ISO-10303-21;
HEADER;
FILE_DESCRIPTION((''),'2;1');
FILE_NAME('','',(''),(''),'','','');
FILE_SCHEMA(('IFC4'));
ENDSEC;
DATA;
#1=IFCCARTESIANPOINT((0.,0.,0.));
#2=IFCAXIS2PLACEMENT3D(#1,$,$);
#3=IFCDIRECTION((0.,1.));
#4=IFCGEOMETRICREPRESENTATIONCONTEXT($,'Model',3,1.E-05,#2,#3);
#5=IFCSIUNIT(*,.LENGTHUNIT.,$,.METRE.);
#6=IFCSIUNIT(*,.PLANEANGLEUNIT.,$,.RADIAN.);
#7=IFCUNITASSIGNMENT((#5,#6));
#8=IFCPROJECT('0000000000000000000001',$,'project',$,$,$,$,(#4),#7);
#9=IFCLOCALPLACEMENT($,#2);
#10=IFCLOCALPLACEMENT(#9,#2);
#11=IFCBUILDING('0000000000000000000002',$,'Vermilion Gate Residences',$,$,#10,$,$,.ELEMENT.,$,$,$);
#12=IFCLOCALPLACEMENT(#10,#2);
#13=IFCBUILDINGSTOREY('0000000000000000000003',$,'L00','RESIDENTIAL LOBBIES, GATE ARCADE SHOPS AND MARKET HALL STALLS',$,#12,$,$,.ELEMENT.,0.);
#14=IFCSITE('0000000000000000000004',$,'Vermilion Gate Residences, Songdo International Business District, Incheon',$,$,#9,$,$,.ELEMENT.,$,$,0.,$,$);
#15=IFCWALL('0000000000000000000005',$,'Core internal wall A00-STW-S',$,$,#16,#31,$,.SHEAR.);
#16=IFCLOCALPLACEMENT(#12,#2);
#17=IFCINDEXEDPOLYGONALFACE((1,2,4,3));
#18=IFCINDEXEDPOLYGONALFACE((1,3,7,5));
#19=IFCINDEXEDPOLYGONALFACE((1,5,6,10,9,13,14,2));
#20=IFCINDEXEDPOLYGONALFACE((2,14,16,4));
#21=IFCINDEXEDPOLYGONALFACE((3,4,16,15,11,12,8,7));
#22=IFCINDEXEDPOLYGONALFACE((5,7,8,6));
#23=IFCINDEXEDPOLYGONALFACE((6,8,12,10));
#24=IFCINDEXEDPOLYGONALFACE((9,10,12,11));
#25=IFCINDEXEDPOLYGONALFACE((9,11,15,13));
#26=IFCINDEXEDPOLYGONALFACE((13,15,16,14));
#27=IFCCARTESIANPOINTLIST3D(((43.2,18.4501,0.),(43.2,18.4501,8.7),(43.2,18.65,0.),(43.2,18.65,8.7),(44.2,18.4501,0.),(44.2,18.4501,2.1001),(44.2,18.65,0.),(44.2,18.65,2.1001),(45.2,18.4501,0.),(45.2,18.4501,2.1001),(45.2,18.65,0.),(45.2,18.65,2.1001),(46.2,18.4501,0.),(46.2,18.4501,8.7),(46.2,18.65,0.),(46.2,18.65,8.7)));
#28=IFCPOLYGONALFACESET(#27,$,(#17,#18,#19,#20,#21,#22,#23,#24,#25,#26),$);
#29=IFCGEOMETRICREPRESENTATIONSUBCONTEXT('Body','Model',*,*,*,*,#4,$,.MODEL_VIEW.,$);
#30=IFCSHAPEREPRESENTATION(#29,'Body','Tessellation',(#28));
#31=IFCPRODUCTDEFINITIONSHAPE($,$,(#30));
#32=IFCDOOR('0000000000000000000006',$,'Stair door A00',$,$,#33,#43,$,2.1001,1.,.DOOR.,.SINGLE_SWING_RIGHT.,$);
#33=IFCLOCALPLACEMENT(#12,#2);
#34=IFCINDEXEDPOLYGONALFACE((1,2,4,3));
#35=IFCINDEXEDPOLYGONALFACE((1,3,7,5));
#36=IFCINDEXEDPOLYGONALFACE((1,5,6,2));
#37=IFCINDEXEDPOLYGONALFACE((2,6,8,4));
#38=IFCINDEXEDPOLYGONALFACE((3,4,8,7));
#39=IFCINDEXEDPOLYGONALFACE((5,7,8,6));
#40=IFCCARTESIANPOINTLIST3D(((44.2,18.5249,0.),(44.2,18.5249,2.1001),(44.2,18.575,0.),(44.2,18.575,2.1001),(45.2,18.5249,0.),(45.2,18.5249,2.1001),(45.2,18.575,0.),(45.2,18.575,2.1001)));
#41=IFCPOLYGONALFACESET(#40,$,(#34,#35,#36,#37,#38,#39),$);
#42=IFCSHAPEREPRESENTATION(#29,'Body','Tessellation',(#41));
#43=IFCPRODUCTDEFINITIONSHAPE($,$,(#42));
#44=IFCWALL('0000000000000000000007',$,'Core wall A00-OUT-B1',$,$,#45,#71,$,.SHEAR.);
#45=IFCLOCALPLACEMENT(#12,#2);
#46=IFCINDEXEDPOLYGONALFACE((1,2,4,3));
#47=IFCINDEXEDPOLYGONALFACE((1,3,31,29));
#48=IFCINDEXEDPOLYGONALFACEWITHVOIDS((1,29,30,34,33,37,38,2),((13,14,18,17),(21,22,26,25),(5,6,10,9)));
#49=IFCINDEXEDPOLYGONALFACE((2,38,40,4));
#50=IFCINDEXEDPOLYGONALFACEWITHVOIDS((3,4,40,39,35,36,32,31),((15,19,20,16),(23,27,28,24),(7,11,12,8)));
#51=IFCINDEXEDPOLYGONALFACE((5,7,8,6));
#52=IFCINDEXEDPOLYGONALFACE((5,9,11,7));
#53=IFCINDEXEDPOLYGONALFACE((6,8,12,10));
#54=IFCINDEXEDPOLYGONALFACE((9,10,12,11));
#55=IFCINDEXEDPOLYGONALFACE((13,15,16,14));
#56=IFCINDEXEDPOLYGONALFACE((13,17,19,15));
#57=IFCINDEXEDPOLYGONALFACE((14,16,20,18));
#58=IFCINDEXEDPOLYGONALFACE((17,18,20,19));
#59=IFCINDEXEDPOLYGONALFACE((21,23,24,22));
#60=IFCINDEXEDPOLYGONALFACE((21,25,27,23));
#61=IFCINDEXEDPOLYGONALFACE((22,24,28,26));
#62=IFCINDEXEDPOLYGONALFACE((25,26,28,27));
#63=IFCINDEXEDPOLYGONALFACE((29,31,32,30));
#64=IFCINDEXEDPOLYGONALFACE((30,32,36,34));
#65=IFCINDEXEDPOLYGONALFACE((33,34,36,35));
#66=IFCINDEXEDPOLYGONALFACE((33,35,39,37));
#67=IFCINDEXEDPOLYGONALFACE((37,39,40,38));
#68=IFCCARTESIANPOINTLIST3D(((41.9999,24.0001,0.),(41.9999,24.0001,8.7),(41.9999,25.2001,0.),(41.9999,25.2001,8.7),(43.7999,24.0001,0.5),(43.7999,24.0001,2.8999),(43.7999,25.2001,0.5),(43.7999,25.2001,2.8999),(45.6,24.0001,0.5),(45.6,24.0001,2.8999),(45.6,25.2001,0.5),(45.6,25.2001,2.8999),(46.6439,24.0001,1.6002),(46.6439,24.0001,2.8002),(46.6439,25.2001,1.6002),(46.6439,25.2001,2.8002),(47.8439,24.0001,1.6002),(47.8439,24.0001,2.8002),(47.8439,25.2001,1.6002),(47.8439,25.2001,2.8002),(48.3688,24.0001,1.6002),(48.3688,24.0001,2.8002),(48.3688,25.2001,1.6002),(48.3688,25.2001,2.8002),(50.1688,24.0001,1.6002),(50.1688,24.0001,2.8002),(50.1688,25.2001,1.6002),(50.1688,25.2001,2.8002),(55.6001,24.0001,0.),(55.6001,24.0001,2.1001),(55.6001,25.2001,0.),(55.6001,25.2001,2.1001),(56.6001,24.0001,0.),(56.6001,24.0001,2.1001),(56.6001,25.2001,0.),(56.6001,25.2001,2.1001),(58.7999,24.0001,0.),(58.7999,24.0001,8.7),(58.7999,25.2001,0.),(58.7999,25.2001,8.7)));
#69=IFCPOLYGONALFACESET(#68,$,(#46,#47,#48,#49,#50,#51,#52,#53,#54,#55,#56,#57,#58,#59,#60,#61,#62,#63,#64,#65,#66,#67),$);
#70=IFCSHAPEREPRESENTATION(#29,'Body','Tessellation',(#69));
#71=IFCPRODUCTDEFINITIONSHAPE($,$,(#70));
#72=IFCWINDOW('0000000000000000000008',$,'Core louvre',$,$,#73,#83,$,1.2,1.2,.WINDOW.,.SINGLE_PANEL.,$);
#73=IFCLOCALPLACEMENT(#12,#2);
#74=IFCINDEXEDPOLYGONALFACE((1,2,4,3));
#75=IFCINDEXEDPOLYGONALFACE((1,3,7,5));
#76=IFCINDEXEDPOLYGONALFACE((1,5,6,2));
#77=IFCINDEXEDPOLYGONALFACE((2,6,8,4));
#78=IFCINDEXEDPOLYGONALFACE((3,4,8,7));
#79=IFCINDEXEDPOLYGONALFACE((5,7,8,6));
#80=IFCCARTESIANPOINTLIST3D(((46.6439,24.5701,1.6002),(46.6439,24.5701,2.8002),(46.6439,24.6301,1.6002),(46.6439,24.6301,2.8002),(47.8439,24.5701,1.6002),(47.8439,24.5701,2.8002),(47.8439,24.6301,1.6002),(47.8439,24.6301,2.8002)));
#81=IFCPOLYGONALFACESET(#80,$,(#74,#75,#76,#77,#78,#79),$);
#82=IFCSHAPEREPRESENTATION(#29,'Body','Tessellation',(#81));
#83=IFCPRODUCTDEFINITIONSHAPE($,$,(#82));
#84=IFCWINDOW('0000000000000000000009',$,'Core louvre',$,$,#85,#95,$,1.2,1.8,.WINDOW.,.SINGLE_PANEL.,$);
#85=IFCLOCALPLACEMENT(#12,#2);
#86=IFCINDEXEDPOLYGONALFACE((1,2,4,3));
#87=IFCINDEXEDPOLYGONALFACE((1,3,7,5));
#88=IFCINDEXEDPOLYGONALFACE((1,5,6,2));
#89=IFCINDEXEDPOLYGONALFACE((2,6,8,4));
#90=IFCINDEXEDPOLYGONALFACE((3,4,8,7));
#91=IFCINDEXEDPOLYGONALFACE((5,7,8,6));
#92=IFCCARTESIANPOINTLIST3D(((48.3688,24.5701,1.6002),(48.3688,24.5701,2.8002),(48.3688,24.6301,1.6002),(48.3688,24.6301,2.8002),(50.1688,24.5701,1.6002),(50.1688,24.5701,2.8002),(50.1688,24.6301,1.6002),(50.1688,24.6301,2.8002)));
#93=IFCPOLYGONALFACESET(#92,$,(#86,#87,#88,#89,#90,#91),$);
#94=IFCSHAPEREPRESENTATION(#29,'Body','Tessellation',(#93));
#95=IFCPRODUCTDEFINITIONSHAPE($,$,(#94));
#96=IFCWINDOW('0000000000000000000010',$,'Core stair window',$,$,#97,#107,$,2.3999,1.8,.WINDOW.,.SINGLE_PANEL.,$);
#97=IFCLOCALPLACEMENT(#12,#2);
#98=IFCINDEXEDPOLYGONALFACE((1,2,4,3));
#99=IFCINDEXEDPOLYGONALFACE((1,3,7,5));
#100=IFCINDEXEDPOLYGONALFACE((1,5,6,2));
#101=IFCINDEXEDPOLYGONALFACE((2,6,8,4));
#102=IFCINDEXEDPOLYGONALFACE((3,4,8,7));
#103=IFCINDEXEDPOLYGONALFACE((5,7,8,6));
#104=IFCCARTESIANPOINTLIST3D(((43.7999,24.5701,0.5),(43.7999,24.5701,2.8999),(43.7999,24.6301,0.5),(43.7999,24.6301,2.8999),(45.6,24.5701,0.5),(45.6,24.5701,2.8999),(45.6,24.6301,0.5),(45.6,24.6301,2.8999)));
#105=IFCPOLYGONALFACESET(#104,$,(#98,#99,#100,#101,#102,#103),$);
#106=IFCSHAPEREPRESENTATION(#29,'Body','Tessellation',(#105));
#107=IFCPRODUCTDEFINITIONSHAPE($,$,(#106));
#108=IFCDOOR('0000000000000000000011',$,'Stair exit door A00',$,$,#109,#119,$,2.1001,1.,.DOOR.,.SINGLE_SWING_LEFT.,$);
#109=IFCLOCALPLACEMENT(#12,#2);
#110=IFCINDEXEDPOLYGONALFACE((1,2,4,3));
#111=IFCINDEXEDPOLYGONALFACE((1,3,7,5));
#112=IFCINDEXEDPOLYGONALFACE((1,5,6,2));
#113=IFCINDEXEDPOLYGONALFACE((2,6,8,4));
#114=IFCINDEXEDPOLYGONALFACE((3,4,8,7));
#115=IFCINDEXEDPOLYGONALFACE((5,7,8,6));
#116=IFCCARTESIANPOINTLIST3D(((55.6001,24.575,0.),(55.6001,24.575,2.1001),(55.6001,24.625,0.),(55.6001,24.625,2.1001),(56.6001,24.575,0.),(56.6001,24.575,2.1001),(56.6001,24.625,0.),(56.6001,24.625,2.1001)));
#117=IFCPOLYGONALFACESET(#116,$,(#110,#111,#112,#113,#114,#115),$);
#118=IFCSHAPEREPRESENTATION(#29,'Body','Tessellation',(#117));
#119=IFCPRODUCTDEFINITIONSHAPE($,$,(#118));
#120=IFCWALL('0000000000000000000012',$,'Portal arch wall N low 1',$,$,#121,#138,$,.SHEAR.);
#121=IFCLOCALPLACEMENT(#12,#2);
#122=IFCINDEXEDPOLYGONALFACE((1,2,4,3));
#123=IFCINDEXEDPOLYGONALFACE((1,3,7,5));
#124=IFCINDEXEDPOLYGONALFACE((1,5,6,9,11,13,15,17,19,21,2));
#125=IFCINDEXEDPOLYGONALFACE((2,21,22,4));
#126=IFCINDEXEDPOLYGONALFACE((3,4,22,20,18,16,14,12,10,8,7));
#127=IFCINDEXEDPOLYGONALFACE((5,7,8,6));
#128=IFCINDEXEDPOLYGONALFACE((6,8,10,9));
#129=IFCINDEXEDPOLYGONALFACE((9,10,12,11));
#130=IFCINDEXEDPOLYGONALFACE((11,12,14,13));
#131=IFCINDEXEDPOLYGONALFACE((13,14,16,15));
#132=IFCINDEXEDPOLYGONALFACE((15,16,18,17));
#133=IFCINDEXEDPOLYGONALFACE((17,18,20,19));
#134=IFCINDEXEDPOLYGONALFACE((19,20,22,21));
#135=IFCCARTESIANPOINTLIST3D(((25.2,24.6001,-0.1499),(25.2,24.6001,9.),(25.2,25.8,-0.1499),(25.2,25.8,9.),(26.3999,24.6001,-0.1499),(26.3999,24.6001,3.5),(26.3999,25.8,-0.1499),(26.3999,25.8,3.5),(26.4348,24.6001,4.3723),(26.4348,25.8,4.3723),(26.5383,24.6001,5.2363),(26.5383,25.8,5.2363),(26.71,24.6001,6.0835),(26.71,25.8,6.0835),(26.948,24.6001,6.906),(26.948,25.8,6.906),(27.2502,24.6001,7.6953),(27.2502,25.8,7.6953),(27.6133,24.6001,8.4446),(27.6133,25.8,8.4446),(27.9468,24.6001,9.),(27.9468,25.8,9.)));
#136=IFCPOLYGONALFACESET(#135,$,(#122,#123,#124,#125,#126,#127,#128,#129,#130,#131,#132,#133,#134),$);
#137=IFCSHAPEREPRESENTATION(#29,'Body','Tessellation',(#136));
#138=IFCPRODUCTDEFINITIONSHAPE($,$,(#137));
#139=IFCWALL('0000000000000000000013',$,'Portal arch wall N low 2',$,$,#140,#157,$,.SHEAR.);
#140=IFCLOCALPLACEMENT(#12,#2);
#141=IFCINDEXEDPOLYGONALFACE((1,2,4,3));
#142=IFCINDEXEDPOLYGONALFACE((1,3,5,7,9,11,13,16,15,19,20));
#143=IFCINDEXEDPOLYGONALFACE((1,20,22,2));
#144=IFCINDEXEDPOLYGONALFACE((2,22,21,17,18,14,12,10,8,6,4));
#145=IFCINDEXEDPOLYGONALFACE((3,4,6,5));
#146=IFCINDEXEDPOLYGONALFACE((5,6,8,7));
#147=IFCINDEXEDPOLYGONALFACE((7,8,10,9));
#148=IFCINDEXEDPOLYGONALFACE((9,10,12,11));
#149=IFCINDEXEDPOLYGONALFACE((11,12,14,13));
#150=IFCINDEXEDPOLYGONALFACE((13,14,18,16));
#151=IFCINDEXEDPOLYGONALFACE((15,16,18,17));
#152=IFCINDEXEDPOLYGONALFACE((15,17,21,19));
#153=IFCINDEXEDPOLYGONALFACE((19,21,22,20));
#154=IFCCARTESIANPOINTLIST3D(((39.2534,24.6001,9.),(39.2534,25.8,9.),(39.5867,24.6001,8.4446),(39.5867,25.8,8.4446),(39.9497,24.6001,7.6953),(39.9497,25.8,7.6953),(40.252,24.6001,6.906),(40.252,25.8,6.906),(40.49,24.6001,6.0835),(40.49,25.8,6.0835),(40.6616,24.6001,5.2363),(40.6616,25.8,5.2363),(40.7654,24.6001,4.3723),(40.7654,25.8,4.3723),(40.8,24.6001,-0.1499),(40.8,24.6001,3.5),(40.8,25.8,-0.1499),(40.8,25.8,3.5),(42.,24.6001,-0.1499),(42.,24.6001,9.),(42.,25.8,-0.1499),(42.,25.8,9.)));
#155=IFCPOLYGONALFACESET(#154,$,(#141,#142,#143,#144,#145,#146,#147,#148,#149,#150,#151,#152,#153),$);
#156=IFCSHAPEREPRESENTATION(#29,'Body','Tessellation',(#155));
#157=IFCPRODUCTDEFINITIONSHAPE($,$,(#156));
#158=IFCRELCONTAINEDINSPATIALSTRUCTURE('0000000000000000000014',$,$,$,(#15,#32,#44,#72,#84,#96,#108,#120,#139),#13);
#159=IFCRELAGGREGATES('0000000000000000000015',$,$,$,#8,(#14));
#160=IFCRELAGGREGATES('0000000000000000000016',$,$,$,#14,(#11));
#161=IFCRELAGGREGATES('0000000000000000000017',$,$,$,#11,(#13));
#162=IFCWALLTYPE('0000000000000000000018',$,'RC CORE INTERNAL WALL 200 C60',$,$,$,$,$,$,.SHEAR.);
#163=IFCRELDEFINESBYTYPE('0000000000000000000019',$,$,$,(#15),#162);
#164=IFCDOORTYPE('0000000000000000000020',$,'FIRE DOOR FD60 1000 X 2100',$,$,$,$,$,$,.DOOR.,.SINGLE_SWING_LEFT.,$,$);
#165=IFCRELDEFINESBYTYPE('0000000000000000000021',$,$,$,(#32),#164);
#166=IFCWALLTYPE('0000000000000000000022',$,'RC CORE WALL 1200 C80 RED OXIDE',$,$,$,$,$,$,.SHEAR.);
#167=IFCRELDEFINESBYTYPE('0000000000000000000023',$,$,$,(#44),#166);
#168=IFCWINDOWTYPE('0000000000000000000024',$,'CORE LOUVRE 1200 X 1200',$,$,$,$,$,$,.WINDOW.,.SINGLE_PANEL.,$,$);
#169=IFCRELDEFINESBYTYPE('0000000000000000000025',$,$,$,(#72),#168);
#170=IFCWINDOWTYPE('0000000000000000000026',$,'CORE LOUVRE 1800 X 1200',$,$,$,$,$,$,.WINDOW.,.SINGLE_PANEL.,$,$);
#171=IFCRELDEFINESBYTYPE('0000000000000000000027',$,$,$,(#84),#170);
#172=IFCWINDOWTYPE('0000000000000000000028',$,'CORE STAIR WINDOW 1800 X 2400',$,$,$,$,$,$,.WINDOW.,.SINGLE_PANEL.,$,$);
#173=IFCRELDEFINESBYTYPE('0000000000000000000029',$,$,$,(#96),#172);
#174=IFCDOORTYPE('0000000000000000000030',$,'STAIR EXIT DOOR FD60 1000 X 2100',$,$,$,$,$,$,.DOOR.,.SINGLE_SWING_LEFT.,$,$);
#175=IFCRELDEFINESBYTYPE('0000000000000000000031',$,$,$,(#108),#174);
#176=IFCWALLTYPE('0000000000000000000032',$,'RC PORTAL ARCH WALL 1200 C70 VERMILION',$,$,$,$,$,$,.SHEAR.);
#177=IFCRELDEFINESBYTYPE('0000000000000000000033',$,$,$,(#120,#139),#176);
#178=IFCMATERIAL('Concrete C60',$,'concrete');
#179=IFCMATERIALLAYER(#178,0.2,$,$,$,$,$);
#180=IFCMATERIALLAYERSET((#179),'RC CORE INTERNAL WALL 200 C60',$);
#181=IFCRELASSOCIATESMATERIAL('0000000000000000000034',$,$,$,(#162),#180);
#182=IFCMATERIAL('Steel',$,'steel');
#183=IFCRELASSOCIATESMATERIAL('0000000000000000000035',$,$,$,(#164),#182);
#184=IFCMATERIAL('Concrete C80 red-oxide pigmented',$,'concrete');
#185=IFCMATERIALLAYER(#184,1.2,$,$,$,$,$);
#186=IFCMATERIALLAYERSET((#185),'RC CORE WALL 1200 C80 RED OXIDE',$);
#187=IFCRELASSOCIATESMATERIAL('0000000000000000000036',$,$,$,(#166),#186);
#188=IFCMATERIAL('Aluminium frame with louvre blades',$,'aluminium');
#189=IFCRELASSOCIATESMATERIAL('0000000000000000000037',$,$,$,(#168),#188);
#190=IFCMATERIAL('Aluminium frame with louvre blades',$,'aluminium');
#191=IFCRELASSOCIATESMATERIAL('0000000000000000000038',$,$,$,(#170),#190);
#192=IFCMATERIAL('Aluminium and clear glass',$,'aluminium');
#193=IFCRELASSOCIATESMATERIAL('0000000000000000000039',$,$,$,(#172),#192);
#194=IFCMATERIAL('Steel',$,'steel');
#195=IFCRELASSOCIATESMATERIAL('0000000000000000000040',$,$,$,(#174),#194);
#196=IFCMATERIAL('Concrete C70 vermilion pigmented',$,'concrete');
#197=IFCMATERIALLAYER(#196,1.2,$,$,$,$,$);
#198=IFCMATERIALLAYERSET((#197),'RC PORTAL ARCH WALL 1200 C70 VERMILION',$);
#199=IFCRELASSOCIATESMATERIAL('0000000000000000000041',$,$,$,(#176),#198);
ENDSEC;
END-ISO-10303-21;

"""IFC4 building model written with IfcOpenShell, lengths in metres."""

from ifc_helpers import new_model, si_unit, direction, frame, frame_2d, origin, place, context, subcontext, project, spatial, polyline, rectangle, outline, extrude, material, layer, layer_set, type_object, element, fill, save


model = new_model("IFC4")

# Units and contexts
model_context = context("Model", 3, precision=1e-05, world=origin(), true_north=direction((0.0, 1.0)))
body_context = subcontext(model_context, "Body", "Model", "MODEL_VIEW")
ifc_project = project(units=[si_unit("LENGTHUNIT", "METRE"), si_unit("PLANEANGLEUNIT", "RADIAN")], contexts=[model_context])

# Site, building, storey
site_placement = place(None, origin())
site = spatial("IfcSite", under=ifc_project, at=site_placement, Name="Vermilion Gate Residences, Songdo International Business District, Incheon", CompositionType="ELEMENT", RefElevation=0.0)
building_placement = place(site_placement, origin())
building = spatial("IfcBuilding", under=site, at=building_placement, Name="Vermilion Gate Residences", CompositionType="ELEMENT")
storey_placement = place(building_placement, origin())
storey = spatial("IfcBuildingStorey", under=building, at=storey_placement, Name="L00", Description="RESIDENTIAL LOBBIES, GATE ARCADE SHOPS AND MARKET HALL STALLS", CompositionType="ELEMENT", Elevation=0.0)

# Wall, opening, door
ifc_material_1 = material(Name="Concrete C60", Category="concrete")
ifc_layer_1 = layer(ifc_material_1, 0.2)
ifc_layer_set_1 = layer_set([ifc_layer_1], Name="RC CORE INTERNAL WALL 200 C60")
wall_type_1 = type_object("IfcWallType", Name="RC CORE INTERNAL WALL 200 C60", PredefinedType="SHEAR", material=ifc_layer_set_1)
wall_1_placement = place(storey_placement, frame((43.2, 18.55, 0.0), z_axis=(0.0, 0.0, 1.0), x_axis=(1.0, 0.0, 0.0)))
wall_1 = element("IfcWall", 1, at=wall_1_placement, inside=storey, type_object=wall_type_1, Name="Core internal wall A00-STW-S", PredefinedType="SHEAR", context=body_context, shape_type="SweptSolid", body=[
    extrude(rectangle(XDim=3.0, YDim=0.2, at=frame_2d((1.5, 0.0))), origin(), (0.0, 0.0, 1.0), 8.7),
])
opening_1_placement = place(wall_1_placement, frame((1.0, 0.0, 0.0)))
opening_1 = element("IfcOpeningElement", 2, at=opening_1_placement, cuts=wall_1, PredefinedType="OPENING", context=body_context, shape_type="SweptSolid", body=[
    extrude(rectangle(XDim=1.0, YDim=2.1001, at=frame_2d((0.5, 1.05))), frame((0.0, 0.1099, 0.0), z_axis=(0.0, -1.0, 0.0), x_axis=(1.0, 0.0, 0.0)), (0.0, 0.0, 1.0), 0.22),
])
ifc_material_2 = material(Name="Steel", Category="steel")
door_type_1 = type_object("IfcDoorType", Name="FIRE DOOR FD60 1000 X 2100", OperationType="SINGLE_SWING_LEFT", PredefinedType="DOOR", material=ifc_material_2)
door_1_placement = place(opening_1_placement, origin())
door_1 = element("IfcDoor", 3, at=door_1_placement, inside=storey, type_object=door_type_1, Name="Stair door A00", OperationType="SINGLE_SWING_RIGHT", OverallHeight=2.1001, OverallWidth=1.0, PredefinedType="DOOR", context=body_context, shape_type="SweptSolid", body=[
    extrude(rectangle(XDim=1.0, YDim=2.1001, at=frame_2d((0.5, 1.05))), frame((0.0, 0.0249, 0.0), z_axis=(0.0, -1.0, 0.0), x_axis=(1.0, 0.0, 0.0)), (0.0, 0.0, 1.0), 0.05),
])
fill(opening_1, door_1)

# Wall, openings, windows, door
ifc_material_3 = material(Name="Concrete C80 red-oxide pigmented", Category="concrete")
ifc_layer_2 = layer(ifc_material_3, 1.2)
ifc_layer_set_2 = layer_set([ifc_layer_2], Name="RC CORE WALL 1200 C80 RED OXIDE")
wall_type_2 = type_object("IfcWallType", Name="RC CORE WALL 1200 C80 RED OXIDE", PredefinedType="SHEAR", material=ifc_layer_set_2)
wall_2_placement = place(storey_placement, frame((42.0, 24.6001, 0.0), z_axis=(0.0, 0.0, 1.0), x_axis=(1.0, 0.0, 0.0)))
wall_2 = element("IfcWall", 4, at=wall_2_placement, inside=storey, type_object=wall_type_2, Name="Core wall A00-OUT-B1", PredefinedType="SHEAR", context=body_context, shape_type="SweptSolid", body=[
    extrude(rectangle(XDim=16.8, YDim=1.2, at=frame_2d((8.3999, 0.0))), origin(), (0.0, 0.0, 1.0), 8.7),
])
opening_2_placement = place(wall_2_placement, frame((13.6001, 0.0, 0.0)))
opening_2 = element("IfcOpeningElement", 5, at=opening_2_placement, cuts=wall_2, PredefinedType="OPENING", context=body_context, shape_type="SweptSolid", body=[
    extrude(rectangle(XDim=1.0, YDim=2.1001, at=frame_2d((0.5, 1.05))), frame((0.0, 0.6099, 0.0), z_axis=(0.0, -1.0, 0.0), x_axis=(1.0, 0.0, 0.0)), (0.0, 0.0, 1.0), 1.22),
])
opening_3_placement = place(wall_2_placement, frame((1.8, 0.0, 0.5)))
opening_3 = element("IfcOpeningElement", 6, at=opening_3_placement, cuts=wall_2, PredefinedType="OPENING", context=body_context, shape_type="SweptSolid", body=[
    extrude(rectangle(XDim=1.8, YDim=2.3999, at=frame_2d((0.8999, 1.2))), frame((0.0, 0.6099, 0.0), z_axis=(0.0, -1.0, 0.0), x_axis=(1.0, 0.0, 0.0)), (0.0, 0.0, 1.0), 1.22),
])
opening_4_placement = place(wall_2_placement, frame((4.6438, 0.0, 1.6001)))
opening_4 = element("IfcOpeningElement", 7, at=opening_4_placement, cuts=wall_2, PredefinedType="OPENING", context=body_context, shape_type="SweptSolid", body=[
    extrude(rectangle(XDim=1.2, YDim=1.2, at=frame_2d((0.6001, 0.6001))), frame((0.0, 0.6099, 0.0), z_axis=(0.0, -1.0, 0.0), x_axis=(1.0, 0.0, 0.0)), (0.0, 0.0, 1.0), 1.22),
])
opening_5_placement = place(wall_2_placement, frame((6.3689, 0.0, 1.6001)))
opening_5 = element("IfcOpeningElement", 8, at=opening_5_placement, cuts=wall_2, PredefinedType="OPENING", context=body_context, shape_type="SweptSolid", body=[
    extrude(rectangle(XDim=1.8, YDim=1.2, at=frame_2d((0.8999, 0.6001))), frame((0.0, 0.6099, 0.0), z_axis=(0.0, -1.0, 0.0), x_axis=(1.0, 0.0, 0.0)), (0.0, 0.0, 1.0), 1.22),
])
ifc_material_4 = material(Name="Aluminium frame with louvre blades", Category="aluminium")
window_type_1 = type_object("IfcWindowType", Name="CORE LOUVRE 1200 X 1200", PartitioningType="SINGLE_PANEL", PredefinedType="WINDOW", material=ifc_material_4)
window_1_placement = place(opening_4_placement, origin())
window_1 = element("IfcWindow", 9, at=window_1_placement, inside=storey, type_object=window_type_1, Name="Core louvre", OverallHeight=1.2, OverallWidth=1.2, PartitioningType="SINGLE_PANEL", PredefinedType="WINDOW", context=body_context, shape_type="SweptSolid", body=[
    extrude(rectangle(XDim=1.2, YDim=1.2, at=frame_2d((0.6001, 0.6001))), frame((0.0, 0.03, 0.0), z_axis=(0.0, -1.0, 0.0), x_axis=(1.0, 0.0, 0.0)), (0.0, 0.0, 1.0), 0.0601),
])
fill(opening_4, window_1)
ifc_material_5 = material(Name="Aluminium frame with louvre blades", Category="aluminium")
window_type_2 = type_object("IfcWindowType", Name="CORE LOUVRE 1800 X 1200", PartitioningType="SINGLE_PANEL", PredefinedType="WINDOW", material=ifc_material_5)
window_2_placement = place(opening_5_placement, origin())
window_2 = element("IfcWindow", 10, at=window_2_placement, inside=storey, type_object=window_type_2, Name="Core louvre", OverallHeight=1.2, OverallWidth=1.8, PartitioningType="SINGLE_PANEL", PredefinedType="WINDOW", context=body_context, shape_type="SweptSolid", body=[
    extrude(rectangle(XDim=1.8, YDim=1.2, at=frame_2d((0.8999, 0.6001))), frame((0.0, 0.03, 0.0), z_axis=(0.0, -1.0, 0.0), x_axis=(1.0, 0.0, 0.0)), (0.0, 0.0, 1.0), 0.0601),
])
fill(opening_5, window_2)
ifc_material_6 = material(Name="Aluminium and clear glass", Category="aluminium")
window_type_3 = type_object("IfcWindowType", Name="CORE STAIR WINDOW 1800 X 2400", PartitioningType="SINGLE_PANEL", PredefinedType="WINDOW", material=ifc_material_6)
window_3_placement = place(opening_3_placement, origin())
window_3 = element("IfcWindow", 11, at=window_3_placement, inside=storey, type_object=window_type_3, Name="Core stair window", OverallHeight=2.3999, OverallWidth=1.8, PartitioningType="SINGLE_PANEL", PredefinedType="WINDOW", context=body_context, shape_type="SweptSolid", body=[
    extrude(rectangle(XDim=1.8, YDim=2.3999, at=frame_2d((0.8999, 1.2))), frame((0.0, 0.03, 0.0), z_axis=(0.0, -1.0, 0.0), x_axis=(1.0, 0.0, 0.0)), (0.0, 0.0, 1.0), 0.0601),
])
fill(opening_3, window_3)
ifc_material_7 = material(Name="Steel", Category="steel")
door_type_2 = type_object("IfcDoorType", Name="STAIR EXIT DOOR FD60 1000 X 2100", OperationType="SINGLE_SWING_LEFT", PredefinedType="DOOR", material=ifc_material_7)
door_2_placement = place(opening_2_placement, origin())
door_2 = element("IfcDoor", 12, at=door_2_placement, inside=storey, type_object=door_type_2, Name="Stair exit door A00", OperationType="SINGLE_SWING_LEFT", OverallHeight=2.1001, OverallWidth=1.0, PredefinedType="DOOR", context=body_context, shape_type="SweptSolid", body=[
    extrude(rectangle(XDim=1.0, YDim=2.1001, at=frame_2d((0.5, 1.05))), frame((0.0, 0.0249, 0.0), z_axis=(0.0, -1.0, 0.0), x_axis=(1.0, 0.0, 0.0)), (0.0, 0.0, 1.0), 0.05),
])
fill(opening_2, door_2)

# Walls
ifc_material_8 = material(Name="Concrete C70 vermilion pigmented", Category="concrete")
ifc_layer_3 = layer(ifc_material_8, 1.2)
ifc_layer_set_3 = layer_set([ifc_layer_3], Name="RC PORTAL ARCH WALL 1200 C70 VERMILION")
wall_type_3 = type_object("IfcWallType", Name="RC PORTAL ARCH WALL 1200 C70 VERMILION", PredefinedType="SHEAR", material=ifc_layer_set_3)
wall_3_placement = place(storey_placement, frame((25.2, 25.8, 9.0), z_axis=(0.0, 1.0, 0.0), x_axis=(1.0, 0.0, 0.0)))
element("IfcWall", 13, at=wall_3_placement, inside=storey, type_object=wall_type_3, Name="Portal arch wall N low 1", PredefinedType="SHEAR", context=body_context, shape_type="SweptSolid", body=[
    extrude(outline(polyline([(0.0, 0.0), (2.7468, 0.0), (2.4133, 0.5554), (2.0503, 1.3047), (1.748, 2.094), (1.51, 2.9165), (1.3384, 3.7637), (1.2349, 4.6277), (1.2, 5.5), (1.2, 9.1499), (0.0, 9.1499), (0.0, 0.0)])), origin(), (0.0, 0.0, -1.0), 1.2),
])
wall_4_placement = place(storey_placement, frame((42.0, 25.8, -0.1499), z_axis=(0.0, 1.0, 0.0), x_axis=(-1.0, 0.0, 0.0)))
element("IfcWall", 14, at=wall_4_placement, inside=storey, type_object=wall_type_3, Name="Portal arch wall N low 2", PredefinedType="SHEAR", context=body_context, shape_type="SweptSolid", body=[
    extrude(outline(polyline([(0.0, 0.0), (1.2, 0.0), (1.2, 3.6499), (1.2346, 4.5222), (1.3384, 5.3862), (1.51, 6.2334), (1.748, 7.0559), (2.0503, 7.8452), (2.4133, 8.5945), (2.7466, 9.1499), (0.0, 9.1499), (0.0, 0.0)])), origin(), (0.0, 0.0, -1.0), 1.2),
])

save(model, "model.ifc")
